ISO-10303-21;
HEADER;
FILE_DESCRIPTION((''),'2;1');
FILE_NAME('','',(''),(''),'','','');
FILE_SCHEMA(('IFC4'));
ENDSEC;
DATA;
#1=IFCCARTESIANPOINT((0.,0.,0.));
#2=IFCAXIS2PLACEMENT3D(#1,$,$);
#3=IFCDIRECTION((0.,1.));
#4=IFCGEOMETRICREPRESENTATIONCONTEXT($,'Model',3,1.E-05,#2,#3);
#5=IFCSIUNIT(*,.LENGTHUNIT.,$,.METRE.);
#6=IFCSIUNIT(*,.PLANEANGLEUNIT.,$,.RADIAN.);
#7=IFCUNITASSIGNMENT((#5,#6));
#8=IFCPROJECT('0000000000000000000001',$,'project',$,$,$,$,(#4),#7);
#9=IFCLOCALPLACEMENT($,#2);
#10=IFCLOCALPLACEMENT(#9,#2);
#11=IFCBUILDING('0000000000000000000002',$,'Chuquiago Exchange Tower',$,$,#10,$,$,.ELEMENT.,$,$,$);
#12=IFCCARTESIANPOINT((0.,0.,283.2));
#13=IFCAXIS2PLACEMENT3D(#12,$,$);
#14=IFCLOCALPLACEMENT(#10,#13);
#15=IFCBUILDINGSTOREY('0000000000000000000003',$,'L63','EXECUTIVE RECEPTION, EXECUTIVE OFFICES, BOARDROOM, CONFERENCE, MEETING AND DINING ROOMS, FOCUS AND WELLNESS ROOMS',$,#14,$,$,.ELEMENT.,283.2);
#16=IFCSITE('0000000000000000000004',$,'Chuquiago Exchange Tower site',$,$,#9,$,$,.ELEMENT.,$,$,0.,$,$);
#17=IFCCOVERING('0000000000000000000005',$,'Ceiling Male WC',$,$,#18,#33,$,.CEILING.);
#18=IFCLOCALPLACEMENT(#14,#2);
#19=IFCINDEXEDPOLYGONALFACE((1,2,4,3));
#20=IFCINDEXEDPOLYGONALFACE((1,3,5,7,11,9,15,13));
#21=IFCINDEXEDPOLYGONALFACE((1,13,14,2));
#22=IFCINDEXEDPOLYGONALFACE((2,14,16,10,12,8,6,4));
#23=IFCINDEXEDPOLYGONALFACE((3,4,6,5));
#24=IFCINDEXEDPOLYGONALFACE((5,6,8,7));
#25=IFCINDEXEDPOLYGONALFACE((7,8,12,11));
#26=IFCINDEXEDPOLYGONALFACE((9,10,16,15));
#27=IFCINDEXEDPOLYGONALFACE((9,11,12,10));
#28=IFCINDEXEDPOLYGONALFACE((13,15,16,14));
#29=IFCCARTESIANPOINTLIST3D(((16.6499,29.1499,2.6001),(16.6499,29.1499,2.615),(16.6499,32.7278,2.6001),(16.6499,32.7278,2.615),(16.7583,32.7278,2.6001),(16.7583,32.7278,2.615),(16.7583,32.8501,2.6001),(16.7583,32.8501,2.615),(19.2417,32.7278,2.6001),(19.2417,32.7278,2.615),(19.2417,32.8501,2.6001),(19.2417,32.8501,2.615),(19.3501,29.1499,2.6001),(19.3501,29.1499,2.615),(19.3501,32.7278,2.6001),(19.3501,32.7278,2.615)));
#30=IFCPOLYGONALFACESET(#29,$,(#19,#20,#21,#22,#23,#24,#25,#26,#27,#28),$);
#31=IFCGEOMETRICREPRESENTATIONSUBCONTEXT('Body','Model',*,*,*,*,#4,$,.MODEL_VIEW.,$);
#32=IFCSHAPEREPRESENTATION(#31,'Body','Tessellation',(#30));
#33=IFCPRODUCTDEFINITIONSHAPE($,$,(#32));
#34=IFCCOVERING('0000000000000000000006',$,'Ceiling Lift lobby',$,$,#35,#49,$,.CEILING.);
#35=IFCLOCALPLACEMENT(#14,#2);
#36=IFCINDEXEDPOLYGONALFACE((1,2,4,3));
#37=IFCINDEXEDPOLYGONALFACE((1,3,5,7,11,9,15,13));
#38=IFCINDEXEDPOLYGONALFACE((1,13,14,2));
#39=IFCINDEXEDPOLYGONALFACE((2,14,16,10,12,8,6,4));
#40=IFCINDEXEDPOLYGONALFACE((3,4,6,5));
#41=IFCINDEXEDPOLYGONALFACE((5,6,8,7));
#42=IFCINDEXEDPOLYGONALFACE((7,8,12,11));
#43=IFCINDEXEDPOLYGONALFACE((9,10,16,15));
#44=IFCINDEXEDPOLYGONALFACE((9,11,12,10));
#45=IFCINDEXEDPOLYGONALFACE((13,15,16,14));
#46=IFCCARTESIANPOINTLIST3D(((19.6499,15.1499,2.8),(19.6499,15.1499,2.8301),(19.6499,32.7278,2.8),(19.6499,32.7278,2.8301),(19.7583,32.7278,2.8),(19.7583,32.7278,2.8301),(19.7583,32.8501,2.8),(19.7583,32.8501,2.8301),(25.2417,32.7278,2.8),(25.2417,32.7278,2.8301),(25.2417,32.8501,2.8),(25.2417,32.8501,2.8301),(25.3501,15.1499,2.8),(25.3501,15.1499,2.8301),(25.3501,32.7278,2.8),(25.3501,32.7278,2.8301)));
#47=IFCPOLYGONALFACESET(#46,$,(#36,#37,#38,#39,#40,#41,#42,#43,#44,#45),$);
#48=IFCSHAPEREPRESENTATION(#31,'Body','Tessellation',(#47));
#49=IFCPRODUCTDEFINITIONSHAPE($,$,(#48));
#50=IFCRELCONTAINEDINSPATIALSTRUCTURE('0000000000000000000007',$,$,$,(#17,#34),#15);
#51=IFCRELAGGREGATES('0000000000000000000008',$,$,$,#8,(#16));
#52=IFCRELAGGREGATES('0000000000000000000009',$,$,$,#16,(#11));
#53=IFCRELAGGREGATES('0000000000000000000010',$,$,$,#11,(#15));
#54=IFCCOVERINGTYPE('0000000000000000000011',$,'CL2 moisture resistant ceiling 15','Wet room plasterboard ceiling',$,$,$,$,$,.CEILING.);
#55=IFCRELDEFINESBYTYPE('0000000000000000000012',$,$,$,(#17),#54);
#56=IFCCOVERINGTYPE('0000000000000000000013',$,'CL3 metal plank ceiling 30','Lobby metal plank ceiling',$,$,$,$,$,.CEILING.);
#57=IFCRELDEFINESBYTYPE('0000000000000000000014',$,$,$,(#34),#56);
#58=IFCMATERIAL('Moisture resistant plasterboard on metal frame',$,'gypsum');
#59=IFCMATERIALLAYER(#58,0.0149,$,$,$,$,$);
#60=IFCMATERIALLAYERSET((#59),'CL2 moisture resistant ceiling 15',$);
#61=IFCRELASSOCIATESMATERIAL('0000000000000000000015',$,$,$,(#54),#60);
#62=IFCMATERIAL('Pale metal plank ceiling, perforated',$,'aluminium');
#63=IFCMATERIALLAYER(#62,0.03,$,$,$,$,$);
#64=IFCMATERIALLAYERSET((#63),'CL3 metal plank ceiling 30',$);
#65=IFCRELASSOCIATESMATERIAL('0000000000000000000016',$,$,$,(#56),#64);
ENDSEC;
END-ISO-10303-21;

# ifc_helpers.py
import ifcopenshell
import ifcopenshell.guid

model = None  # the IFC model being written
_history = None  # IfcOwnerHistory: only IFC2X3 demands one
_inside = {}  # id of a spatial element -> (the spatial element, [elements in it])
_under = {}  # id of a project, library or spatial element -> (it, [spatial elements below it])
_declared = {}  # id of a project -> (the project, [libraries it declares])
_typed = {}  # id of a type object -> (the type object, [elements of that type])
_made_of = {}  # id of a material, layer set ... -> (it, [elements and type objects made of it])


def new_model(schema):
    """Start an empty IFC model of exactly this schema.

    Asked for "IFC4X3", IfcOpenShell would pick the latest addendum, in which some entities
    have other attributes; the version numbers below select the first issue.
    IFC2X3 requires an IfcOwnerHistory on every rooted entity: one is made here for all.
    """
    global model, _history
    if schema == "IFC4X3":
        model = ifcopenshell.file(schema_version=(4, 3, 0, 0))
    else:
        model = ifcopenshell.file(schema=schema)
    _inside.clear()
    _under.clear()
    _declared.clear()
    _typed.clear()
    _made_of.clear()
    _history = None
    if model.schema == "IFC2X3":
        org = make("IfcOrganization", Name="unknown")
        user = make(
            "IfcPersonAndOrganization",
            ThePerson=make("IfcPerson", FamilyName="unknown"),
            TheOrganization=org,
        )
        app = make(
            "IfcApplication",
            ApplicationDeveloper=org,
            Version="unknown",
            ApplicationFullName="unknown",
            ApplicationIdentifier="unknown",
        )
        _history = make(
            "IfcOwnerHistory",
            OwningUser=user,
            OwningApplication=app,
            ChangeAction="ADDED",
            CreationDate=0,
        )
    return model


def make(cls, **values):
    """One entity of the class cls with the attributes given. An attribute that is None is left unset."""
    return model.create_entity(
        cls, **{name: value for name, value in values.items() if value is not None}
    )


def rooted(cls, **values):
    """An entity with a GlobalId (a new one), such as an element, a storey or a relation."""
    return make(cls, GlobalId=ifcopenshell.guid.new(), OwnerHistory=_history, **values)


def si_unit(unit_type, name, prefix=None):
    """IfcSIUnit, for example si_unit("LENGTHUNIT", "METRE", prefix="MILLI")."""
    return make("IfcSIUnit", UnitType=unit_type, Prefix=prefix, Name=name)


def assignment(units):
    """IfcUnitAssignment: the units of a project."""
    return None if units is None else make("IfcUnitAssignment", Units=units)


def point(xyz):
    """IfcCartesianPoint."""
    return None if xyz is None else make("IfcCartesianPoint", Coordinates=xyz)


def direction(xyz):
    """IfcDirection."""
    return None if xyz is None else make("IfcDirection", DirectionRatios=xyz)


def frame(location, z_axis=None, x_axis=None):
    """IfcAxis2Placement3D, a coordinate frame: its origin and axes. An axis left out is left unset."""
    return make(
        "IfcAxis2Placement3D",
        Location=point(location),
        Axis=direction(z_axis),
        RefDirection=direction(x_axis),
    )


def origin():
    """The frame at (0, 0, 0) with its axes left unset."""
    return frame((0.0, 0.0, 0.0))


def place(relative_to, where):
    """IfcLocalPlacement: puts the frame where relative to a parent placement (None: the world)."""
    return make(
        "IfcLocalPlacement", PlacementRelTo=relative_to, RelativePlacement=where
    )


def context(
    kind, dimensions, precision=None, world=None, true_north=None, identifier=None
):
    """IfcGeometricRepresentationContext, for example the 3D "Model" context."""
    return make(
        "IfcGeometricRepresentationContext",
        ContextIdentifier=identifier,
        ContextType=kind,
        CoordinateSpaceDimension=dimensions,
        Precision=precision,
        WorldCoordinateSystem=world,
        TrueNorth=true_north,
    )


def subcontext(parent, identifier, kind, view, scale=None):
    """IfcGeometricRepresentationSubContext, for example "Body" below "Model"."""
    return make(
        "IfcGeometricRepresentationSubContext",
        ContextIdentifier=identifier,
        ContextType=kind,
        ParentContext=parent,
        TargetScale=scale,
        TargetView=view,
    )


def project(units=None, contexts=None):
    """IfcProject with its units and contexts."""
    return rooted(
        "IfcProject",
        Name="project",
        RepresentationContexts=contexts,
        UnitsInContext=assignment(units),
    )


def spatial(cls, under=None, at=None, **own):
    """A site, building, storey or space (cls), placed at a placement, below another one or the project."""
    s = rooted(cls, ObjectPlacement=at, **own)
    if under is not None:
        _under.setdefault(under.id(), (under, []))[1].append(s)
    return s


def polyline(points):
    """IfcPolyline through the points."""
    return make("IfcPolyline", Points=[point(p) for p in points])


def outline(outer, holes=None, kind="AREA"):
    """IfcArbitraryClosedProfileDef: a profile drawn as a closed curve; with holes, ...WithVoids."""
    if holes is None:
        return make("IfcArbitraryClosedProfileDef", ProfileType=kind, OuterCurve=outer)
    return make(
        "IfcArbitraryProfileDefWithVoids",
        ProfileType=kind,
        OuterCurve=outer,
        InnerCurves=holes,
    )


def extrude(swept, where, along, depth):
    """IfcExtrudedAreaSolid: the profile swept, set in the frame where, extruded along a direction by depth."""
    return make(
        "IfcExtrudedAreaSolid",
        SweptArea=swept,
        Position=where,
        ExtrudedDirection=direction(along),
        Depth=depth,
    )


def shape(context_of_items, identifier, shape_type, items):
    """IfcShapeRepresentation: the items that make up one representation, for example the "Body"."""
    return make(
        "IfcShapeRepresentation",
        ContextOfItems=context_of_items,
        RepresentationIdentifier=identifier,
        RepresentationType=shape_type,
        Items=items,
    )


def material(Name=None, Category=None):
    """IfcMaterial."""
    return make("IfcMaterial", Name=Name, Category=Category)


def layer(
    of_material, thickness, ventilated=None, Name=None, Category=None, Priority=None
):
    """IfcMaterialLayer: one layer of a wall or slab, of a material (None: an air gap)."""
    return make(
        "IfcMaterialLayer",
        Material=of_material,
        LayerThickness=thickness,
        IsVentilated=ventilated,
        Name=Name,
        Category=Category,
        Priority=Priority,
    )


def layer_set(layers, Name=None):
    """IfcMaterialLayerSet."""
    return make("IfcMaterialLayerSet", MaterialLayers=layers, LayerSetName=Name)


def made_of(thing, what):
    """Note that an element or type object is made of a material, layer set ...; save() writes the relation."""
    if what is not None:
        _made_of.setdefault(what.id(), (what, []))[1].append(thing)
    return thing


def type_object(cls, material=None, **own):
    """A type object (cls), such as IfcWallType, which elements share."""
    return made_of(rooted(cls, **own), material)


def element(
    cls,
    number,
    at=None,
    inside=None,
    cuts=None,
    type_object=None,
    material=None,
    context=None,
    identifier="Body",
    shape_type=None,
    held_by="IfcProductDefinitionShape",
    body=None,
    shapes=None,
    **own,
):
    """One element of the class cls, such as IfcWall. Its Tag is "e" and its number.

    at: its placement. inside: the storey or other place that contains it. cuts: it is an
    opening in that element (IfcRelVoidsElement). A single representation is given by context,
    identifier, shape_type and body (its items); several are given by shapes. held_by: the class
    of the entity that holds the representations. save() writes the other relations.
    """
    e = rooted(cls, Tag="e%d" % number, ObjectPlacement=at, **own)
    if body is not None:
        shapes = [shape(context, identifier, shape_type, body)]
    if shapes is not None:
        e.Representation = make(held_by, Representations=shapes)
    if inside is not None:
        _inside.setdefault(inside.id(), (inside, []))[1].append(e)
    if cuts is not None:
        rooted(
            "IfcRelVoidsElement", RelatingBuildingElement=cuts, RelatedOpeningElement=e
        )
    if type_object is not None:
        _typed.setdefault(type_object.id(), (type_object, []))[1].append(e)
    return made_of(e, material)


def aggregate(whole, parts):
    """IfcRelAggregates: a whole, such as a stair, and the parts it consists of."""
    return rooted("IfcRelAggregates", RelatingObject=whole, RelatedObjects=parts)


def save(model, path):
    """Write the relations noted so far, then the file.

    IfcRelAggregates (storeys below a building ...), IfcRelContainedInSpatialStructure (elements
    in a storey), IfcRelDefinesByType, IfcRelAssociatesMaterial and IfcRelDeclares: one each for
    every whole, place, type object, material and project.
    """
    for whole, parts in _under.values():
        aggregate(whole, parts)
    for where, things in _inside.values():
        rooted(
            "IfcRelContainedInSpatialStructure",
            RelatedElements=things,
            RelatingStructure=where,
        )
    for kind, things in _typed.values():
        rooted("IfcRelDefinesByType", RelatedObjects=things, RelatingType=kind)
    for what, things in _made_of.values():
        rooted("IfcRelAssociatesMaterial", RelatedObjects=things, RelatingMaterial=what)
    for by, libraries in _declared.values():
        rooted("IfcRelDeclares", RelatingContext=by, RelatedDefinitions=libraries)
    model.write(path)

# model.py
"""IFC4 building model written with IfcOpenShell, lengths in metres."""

from ifc_helpers import new_model, si_unit, direction, frame, origin, place, context, subcontext, project, spatial, polyline, outline, extrude, material, layer, layer_set, type_object, element, save


model = new_model("IFC4")

# Units and contexts
model_context = context("Model", 3, precision=1e-05, world=origin(), true_north=direction((0.0, 1.0)))
body_context = subcontext(model_context, "Body", "Model", "MODEL_VIEW")
ifc_project = project(units=[si_unit("LENGTHUNIT", "METRE"), si_unit("PLANEANGLEUNIT", "RADIAN")], contexts=[model_context])

# Site, building, storey
site_placement = place(None, origin())
site = spatial("IfcSite", under=ifc_project, at=site_placement, Name="Chuquiago Exchange Tower site", CompositionType="ELEMENT", RefElevation=0.0)
building_placement = place(site_placement, origin())
building = spatial("IfcBuilding", under=site, at=building_placement, Name="Chuquiago Exchange Tower", CompositionType="ELEMENT")
storey_placement = place(building_placement, frame((0.0, 0.0, 283.2)))
storey = spatial("IfcBuildingStorey", under=building, at=storey_placement, Name="L63", Description="EXECUTIVE RECEPTION, EXECUTIVE OFFICES, BOARDROOM, CONFERENCE, MEETING AND DINING ROOMS, FOCUS AND WELLNESS ROOMS", CompositionType="ELEMENT", Elevation=283.2)

# Coverings
ifc_material_1 = material(Name="Moisture resistant plasterboard on metal frame", Category="gypsum")
ifc_layer_1 = layer(ifc_material_1, 0.0149)
ifc_layer_set_1 = layer_set([ifc_layer_1], Name="CL2 moisture resistant ceiling 15")
covering_type_1 = type_object("IfcCoveringType", Name="CL2 moisture resistant ceiling 15", Description="Wet room plasterboard ceiling", PredefinedType="CEILING", material=ifc_layer_set_1)
covering_1_placement = place(storey_placement, frame((0.0, 0.0, 2.6001)))
element("IfcCovering", 1, at=covering_1_placement, inside=storey, type_object=covering_type_1, Name="Ceiling Male WC", PredefinedType="CEILING", context=body_context, shape_type="SweptSolid", body=[
    extrude(outline(polyline([(16.6499, 29.1499), (16.6499, 32.7278), (16.7583, 32.7278), (16.7583, 32.8501), (19.2417, 32.8501), (19.2417, 32.7278), (19.3501, 32.7278), (19.3501, 29.1499), (16.6499, 29.1499)])), origin(), (0.0, 0.0, 1.0), 0.0149),
])
ifc_material_2 = material(Name="Pale metal plank ceiling, perforated", Category="aluminium")
ifc_layer_2 = layer(ifc_material_2, 0.03)
ifc_layer_set_2 = layer_set([ifc_layer_2], Name="CL3 metal plank ceiling 30")
covering_type_2 = type_object("IfcCoveringType", Name="CL3 metal plank ceiling 30", Description="Lobby metal plank ceiling", PredefinedType="CEILING", material=ifc_layer_set_2)
covering_2_placement = place(storey_placement, frame((0.0, 0.0, 2.8)))
element("IfcCovering", 2, at=covering_2_placement, inside=storey, type_object=covering_type_2, Name="Ceiling Lift lobby", PredefinedType="CEILING", context=body_context, shape_type="SweptSolid", body=[
    extrude(outline(polyline([(19.6499, 15.1499), (19.6499, 32.7278), (19.7583, 32.7278), (19.7583, 32.8501), (25.2417, 32.8501), (25.2417, 32.7278), (25.3501, 32.7278), (25.3501, 15.1499), (19.6499, 15.1499)])), origin(), (0.0, 0.0, 1.0), 0.03),
])

save(model, "model.ifc")
